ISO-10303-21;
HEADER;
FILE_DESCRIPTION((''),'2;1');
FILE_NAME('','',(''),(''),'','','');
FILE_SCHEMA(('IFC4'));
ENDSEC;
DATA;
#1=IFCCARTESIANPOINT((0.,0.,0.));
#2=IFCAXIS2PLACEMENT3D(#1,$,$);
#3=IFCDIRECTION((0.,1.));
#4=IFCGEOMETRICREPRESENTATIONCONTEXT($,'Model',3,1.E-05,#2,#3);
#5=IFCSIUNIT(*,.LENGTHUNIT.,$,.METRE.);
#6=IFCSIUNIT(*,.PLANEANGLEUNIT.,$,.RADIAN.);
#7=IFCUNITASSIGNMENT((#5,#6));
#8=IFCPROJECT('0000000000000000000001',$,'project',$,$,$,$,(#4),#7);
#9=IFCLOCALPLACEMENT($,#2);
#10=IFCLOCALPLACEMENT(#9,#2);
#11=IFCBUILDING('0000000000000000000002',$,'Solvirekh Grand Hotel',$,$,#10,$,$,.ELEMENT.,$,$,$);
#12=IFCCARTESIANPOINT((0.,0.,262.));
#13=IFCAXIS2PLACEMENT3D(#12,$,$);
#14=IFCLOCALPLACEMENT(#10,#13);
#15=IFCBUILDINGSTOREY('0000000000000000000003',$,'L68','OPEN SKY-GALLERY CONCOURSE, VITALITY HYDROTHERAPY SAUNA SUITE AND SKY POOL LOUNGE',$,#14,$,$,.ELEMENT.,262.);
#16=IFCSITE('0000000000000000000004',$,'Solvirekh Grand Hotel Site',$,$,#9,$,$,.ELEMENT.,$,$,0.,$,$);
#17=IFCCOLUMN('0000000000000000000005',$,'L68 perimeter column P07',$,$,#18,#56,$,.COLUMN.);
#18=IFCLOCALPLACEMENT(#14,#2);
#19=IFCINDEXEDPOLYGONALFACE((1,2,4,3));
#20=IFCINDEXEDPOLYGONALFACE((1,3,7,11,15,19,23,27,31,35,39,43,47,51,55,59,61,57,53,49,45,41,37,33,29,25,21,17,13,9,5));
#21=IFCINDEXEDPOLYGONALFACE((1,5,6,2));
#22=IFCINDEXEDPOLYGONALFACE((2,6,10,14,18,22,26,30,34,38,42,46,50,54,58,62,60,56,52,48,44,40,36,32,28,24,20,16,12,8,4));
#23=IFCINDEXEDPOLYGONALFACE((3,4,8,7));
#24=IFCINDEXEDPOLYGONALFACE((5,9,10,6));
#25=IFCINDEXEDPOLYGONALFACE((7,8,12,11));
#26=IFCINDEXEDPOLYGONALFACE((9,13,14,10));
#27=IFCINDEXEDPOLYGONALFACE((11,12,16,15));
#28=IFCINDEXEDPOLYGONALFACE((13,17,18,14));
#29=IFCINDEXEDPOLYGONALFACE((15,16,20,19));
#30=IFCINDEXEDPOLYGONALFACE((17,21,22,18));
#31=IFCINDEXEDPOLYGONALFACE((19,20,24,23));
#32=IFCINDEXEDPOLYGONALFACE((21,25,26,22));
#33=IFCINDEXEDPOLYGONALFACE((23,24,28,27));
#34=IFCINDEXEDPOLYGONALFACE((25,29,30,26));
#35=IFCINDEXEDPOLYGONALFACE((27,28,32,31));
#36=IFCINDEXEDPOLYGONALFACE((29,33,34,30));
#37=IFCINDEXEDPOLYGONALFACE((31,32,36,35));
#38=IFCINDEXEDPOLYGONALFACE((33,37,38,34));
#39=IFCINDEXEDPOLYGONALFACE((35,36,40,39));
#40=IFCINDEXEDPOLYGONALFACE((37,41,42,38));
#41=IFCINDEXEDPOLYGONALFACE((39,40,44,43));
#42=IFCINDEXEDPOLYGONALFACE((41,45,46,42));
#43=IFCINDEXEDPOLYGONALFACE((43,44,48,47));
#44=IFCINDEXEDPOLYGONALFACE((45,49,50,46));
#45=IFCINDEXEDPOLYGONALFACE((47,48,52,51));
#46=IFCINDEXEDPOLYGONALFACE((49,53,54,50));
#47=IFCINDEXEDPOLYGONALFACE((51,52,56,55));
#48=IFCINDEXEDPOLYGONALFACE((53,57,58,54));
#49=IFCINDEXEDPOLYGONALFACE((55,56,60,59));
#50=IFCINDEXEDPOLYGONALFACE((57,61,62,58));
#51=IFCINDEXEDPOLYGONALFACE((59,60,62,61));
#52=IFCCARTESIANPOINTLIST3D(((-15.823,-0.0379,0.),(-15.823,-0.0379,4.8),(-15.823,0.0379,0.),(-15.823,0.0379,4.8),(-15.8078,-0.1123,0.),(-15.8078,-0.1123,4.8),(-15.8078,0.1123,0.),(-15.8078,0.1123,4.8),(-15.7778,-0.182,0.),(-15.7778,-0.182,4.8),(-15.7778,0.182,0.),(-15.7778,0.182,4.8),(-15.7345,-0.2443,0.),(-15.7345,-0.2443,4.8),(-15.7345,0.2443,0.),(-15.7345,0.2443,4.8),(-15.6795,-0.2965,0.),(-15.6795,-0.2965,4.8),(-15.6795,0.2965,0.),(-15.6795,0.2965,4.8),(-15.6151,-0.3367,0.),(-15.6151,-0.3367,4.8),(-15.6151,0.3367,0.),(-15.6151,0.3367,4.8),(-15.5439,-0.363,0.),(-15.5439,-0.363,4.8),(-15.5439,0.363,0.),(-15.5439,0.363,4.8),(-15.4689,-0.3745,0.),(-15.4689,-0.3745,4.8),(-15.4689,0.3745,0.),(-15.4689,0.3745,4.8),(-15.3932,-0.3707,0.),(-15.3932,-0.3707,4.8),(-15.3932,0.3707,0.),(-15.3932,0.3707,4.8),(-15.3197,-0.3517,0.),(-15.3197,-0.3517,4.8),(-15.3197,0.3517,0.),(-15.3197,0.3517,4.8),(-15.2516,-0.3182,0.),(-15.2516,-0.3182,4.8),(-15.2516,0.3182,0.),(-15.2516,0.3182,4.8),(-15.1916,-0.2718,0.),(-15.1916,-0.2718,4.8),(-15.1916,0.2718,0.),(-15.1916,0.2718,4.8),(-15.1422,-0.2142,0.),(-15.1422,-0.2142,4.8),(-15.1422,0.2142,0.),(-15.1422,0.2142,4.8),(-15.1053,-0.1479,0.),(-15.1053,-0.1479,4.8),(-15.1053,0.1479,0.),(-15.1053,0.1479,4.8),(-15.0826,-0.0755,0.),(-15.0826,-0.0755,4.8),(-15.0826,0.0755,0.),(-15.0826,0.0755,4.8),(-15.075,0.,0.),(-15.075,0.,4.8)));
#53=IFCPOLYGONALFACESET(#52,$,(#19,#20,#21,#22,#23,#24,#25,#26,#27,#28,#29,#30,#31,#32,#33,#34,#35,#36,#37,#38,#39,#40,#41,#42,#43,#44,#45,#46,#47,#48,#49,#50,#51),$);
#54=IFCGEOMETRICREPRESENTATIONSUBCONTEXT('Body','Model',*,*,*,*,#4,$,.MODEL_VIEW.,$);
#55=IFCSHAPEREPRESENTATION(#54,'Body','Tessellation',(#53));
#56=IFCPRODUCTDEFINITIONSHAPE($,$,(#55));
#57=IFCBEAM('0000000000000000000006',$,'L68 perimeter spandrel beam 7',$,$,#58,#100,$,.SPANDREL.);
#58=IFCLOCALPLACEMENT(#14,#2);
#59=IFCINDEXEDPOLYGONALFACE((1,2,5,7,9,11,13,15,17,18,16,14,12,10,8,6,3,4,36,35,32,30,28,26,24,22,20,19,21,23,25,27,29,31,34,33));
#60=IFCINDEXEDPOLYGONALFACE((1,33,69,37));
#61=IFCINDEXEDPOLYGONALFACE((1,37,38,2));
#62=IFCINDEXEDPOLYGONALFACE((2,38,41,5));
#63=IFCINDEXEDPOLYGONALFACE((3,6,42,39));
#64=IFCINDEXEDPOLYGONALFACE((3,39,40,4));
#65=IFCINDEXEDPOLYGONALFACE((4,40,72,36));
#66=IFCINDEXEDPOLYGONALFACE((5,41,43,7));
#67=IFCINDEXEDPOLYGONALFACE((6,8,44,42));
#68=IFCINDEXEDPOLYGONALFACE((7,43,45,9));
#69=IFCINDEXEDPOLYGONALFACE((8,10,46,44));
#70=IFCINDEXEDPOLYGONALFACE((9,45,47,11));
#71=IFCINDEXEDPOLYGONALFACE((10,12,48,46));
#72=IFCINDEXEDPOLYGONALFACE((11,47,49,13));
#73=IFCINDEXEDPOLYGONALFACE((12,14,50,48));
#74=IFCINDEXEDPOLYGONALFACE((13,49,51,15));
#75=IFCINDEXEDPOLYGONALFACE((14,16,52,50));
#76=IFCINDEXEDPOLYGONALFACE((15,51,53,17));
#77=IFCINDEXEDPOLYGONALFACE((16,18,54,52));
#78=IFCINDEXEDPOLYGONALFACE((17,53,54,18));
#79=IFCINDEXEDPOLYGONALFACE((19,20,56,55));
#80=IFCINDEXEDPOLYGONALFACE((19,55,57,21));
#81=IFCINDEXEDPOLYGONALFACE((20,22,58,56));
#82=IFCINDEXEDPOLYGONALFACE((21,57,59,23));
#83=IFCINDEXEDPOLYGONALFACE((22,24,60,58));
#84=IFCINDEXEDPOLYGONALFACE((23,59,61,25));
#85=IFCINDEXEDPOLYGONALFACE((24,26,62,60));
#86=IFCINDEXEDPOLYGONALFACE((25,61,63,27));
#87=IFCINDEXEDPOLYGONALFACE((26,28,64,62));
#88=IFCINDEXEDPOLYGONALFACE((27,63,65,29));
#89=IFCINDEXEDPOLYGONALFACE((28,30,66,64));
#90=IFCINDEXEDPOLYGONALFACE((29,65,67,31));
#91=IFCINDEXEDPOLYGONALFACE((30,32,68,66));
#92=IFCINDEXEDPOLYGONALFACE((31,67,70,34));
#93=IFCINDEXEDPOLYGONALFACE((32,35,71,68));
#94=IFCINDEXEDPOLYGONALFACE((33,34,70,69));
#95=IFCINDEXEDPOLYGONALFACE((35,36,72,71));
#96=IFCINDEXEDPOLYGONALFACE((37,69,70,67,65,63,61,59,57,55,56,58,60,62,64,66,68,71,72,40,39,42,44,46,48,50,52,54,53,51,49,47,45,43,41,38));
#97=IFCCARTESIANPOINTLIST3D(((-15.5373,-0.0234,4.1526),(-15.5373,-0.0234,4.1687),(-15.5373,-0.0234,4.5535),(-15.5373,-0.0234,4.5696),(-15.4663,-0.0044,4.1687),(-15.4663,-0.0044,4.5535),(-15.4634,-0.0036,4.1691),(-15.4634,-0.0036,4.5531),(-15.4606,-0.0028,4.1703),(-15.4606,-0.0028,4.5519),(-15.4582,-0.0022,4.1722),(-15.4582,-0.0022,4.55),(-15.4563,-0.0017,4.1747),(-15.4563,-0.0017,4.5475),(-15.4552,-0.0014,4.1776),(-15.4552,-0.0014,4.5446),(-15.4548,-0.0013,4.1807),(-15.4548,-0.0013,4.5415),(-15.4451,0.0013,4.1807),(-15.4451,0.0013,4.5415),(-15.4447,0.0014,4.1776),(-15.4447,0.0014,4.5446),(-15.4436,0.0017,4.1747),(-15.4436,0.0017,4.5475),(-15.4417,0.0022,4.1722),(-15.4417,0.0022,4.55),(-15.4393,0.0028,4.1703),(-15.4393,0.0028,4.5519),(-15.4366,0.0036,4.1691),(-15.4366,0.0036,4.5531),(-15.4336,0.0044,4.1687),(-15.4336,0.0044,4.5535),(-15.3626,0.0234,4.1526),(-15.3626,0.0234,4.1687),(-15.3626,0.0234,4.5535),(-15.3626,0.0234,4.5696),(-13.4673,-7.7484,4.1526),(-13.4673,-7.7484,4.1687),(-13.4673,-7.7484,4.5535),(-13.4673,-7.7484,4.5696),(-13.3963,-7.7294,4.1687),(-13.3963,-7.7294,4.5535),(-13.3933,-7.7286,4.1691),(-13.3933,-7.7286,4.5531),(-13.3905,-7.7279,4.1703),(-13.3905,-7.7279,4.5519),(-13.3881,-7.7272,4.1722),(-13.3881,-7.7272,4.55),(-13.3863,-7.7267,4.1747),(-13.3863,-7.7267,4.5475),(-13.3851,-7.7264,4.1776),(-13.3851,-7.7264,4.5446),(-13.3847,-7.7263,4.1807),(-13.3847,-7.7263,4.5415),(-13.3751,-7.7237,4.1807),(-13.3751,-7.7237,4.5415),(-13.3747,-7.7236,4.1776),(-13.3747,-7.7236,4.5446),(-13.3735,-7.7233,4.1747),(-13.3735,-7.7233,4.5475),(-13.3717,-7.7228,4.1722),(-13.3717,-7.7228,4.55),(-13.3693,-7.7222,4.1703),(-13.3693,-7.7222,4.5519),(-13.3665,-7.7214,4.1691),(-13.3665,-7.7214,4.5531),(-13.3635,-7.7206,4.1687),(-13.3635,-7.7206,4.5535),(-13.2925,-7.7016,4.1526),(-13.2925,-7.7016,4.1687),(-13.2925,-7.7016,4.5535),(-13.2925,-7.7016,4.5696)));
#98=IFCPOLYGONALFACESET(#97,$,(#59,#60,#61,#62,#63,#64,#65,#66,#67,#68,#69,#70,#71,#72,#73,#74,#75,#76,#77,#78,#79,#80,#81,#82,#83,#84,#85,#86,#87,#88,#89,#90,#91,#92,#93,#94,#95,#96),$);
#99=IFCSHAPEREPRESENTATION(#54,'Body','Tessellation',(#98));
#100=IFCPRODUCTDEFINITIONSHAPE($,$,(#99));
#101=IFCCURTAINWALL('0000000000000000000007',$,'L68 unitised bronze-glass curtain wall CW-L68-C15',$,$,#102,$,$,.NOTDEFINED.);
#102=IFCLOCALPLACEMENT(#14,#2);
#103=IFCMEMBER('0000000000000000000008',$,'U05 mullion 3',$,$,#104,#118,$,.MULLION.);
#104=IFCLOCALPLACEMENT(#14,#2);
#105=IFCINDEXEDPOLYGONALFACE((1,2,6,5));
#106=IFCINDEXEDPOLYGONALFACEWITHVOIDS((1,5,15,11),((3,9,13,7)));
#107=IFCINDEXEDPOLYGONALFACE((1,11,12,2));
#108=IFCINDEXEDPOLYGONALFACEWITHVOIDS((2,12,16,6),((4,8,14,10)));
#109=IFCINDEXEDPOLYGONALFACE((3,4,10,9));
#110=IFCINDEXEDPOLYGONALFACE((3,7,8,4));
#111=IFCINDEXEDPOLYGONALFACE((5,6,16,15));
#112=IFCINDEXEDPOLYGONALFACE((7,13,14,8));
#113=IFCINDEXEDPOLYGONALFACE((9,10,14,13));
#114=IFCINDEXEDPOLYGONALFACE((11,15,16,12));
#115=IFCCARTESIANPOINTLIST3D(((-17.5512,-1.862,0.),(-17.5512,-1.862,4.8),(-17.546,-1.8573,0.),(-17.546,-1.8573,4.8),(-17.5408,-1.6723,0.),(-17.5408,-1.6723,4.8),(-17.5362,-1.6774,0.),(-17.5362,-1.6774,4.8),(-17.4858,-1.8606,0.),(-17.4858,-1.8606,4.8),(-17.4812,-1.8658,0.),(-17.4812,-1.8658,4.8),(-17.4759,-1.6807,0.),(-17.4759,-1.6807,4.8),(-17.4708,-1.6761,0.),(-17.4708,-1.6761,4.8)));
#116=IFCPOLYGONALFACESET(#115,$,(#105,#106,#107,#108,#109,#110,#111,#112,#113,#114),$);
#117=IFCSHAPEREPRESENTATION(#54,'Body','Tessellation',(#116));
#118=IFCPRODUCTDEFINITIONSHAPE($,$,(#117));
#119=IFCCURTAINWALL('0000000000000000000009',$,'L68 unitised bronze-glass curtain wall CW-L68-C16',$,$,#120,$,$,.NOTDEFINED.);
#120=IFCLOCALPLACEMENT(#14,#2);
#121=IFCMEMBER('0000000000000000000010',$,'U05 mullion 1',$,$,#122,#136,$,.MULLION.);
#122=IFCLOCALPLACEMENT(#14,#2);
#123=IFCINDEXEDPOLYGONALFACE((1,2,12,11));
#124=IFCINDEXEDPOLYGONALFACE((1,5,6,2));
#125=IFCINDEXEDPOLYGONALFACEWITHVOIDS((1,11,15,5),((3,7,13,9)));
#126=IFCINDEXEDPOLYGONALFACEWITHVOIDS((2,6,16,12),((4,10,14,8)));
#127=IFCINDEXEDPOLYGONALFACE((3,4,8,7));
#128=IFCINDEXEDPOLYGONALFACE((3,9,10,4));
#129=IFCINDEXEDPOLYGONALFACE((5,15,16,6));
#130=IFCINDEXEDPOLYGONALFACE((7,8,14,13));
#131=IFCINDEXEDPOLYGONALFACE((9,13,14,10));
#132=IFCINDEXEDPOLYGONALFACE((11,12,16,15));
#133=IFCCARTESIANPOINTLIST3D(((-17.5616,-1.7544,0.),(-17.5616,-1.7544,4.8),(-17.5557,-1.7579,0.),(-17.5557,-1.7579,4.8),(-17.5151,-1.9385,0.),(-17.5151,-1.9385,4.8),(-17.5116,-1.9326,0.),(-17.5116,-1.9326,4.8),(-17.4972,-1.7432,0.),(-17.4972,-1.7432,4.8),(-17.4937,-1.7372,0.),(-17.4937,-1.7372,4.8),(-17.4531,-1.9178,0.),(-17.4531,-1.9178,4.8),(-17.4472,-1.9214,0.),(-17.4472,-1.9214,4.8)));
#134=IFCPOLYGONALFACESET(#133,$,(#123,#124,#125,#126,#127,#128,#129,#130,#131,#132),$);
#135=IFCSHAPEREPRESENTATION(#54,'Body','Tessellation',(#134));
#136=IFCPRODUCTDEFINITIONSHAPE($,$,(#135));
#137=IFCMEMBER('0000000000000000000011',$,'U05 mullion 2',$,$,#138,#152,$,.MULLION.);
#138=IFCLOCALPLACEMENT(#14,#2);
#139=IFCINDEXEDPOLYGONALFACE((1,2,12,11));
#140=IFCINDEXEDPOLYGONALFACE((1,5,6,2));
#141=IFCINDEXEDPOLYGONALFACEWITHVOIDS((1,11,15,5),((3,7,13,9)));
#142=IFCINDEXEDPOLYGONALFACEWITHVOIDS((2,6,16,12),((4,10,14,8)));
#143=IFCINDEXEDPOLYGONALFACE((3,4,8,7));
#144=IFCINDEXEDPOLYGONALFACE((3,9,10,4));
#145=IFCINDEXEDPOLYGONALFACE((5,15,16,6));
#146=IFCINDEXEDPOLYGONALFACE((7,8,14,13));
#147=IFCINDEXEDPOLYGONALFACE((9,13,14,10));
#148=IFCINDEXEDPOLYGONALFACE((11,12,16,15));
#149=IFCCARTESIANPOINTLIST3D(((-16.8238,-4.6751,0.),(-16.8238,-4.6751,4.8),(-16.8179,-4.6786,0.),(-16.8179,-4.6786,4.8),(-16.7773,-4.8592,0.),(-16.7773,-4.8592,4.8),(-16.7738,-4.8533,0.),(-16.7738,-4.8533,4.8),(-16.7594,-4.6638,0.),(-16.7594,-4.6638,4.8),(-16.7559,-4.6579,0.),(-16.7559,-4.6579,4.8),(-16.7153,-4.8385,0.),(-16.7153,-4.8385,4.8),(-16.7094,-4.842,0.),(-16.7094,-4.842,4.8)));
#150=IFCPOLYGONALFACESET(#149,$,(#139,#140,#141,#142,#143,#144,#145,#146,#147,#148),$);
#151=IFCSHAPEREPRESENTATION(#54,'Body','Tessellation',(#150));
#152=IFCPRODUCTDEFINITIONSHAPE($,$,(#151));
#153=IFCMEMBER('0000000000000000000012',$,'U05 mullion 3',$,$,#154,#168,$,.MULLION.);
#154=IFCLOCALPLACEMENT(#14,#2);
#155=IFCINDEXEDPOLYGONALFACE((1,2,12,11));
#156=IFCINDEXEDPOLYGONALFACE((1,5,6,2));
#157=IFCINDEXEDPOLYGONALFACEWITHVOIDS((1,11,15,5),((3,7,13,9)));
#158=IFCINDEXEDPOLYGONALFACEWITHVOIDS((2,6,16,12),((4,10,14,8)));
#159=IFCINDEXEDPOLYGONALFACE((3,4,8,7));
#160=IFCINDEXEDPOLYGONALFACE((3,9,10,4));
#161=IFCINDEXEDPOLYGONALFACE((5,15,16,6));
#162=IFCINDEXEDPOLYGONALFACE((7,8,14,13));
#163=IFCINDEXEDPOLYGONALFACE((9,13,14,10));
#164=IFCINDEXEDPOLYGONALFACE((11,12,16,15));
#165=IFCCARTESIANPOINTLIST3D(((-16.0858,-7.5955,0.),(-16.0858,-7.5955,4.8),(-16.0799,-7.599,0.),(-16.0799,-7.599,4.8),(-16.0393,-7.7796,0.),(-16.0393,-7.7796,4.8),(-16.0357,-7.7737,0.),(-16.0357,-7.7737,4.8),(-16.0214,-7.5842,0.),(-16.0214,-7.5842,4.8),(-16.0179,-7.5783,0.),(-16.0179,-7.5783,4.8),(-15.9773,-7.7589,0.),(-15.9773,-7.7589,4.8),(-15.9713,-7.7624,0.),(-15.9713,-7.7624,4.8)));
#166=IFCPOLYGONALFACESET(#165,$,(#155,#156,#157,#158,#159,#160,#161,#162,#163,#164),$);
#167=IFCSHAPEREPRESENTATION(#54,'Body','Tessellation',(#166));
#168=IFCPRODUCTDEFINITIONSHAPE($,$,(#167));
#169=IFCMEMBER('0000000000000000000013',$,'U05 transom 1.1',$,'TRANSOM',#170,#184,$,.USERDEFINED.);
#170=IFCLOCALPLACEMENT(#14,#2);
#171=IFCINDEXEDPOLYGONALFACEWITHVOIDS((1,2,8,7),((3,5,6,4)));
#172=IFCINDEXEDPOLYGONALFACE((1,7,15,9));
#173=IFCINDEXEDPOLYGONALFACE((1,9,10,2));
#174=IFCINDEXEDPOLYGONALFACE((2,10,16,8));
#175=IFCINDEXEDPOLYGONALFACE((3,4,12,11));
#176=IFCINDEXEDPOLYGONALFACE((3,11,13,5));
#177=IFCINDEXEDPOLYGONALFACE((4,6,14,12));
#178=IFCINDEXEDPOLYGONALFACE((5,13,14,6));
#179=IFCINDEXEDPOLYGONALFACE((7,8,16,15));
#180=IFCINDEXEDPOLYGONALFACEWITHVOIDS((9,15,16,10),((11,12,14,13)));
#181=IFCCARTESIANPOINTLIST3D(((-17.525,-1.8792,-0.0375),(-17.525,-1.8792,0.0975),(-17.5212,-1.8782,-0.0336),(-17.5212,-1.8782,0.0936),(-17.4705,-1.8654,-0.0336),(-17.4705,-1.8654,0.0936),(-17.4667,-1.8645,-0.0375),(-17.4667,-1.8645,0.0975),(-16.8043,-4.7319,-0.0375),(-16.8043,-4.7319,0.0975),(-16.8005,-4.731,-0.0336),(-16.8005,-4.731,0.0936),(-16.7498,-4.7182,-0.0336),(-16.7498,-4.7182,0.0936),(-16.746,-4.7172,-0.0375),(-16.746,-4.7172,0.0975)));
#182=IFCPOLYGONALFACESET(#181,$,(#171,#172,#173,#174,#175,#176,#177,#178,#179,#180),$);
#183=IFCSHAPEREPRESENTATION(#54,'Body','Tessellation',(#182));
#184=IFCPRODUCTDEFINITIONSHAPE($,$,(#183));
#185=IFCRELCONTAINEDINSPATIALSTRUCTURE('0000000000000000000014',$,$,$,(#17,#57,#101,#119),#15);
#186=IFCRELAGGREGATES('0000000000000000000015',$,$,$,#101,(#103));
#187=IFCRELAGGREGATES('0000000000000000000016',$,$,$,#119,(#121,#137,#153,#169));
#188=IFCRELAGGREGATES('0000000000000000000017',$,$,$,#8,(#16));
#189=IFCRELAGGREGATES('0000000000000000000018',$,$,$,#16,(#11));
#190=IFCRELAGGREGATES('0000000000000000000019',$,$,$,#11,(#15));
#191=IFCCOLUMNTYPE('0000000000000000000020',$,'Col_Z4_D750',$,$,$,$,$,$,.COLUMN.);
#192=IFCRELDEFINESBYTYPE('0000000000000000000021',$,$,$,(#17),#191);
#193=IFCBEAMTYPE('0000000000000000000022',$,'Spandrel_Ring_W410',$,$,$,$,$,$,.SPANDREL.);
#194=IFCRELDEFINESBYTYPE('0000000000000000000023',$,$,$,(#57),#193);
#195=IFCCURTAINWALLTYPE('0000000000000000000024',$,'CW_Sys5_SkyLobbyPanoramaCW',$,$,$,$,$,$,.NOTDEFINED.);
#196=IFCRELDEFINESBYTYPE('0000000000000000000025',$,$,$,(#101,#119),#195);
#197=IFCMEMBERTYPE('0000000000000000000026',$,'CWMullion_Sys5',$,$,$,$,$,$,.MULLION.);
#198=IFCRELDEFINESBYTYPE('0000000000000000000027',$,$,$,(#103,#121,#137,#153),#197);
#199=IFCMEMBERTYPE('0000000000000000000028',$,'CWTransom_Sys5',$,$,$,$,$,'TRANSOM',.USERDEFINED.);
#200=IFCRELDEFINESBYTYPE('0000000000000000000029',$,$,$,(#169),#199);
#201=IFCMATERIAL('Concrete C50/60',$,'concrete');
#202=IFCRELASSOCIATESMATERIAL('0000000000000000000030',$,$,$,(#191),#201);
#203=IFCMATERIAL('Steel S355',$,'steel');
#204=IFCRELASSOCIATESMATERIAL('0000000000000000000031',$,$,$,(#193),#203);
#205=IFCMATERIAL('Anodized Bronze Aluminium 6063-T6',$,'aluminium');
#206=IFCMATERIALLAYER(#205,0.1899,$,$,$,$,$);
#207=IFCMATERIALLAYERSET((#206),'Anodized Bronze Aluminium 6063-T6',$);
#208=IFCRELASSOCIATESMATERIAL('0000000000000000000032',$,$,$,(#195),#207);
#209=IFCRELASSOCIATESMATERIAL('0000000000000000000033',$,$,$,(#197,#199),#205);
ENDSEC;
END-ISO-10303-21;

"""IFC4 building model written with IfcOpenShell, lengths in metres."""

from ifc_helpers import new_model, si_unit, direction, frame, origin, origin_2d, place, context, subcontext, project, spatial, hollow_rectangle, circle, i_section, extrude, source, transform, mapped, material, layer, layer_set, material_profile, profile_set, type_object, element, aggregate, save


model = new_model("IFC4")

# Units and contexts
model_context = context("Model", 3, precision=1e-05, world=origin(), true_north=direction((0.0, 1.0)))
body_context = subcontext(model_context, "Body", "Model", "MODEL_VIEW")
ifc_project = project(units=[si_unit("LENGTHUNIT", "METRE"), si_unit("PLANEANGLEUNIT", "RADIAN")], contexts=[model_context])

# Site, building, storey
site_placement = place(None, origin())
site = spatial("IfcSite", under=ifc_project, at=site_placement, Name="Solvirekh Grand Hotel Site", CompositionType="ELEMENT", RefElevation=0.0)
building_placement = place(site_placement, origin())
building = spatial("IfcBuilding", under=site, at=building_placement, Name="Solvirekh Grand Hotel", CompositionType="ELEMENT")
storey_placement = place(building_placement, frame((0.0, 0.0, 262.0)))
storey = spatial("IfcBuildingStorey", under=building, at=storey_placement, Name="L68", Description="OPEN SKY-GALLERY CONCOURSE, VITALITY HYDROTHERAPY SAUNA SUITE AND SKY POOL LOUNGE", CompositionType="ELEMENT", Elevation=262.0)

# Column
ifc_material_1 = material(Name="Concrete C50/60", Category="concrete")
ifc_material_profile_1 = material_profile(ifc_material_1, circle(Radius=0.375, at=origin_2d()), Name="RC CIRC D750")
ifc_profile_set_1 = profile_set([ifc_material_profile_1], Name="Concrete C50/60")
column_type = type_object("IfcColumnType", Name="Col_Z4_D750", PredefinedType="COLUMN", material=ifc_profile_set_1)
column_placement = place(storey_placement, frame((-15.45, 0.0, 0.0), z_axis=(0.0, 0.0, 1.0), x_axis=(1.0, 0.0, 0.0)))
element("IfcColumn", 1, at=column_placement, inside=storey, type_object=column_type, Name="L68 perimeter column P07", PredefinedType="COLUMN", context=body_context, shape_type="SweptSolid", body=[
    extrude(circle(Radius=0.375, at=origin_2d()), origin(), (0.0, 0.0, 1.0), 4.8),
])

# Beam
ifc_material_2 = material(Name="Steel S355", Category="steel")
ifc_material_profile_2 = material_profile(ifc_material_2, i_section(OverallWidth=0.1809, OverallDepth=0.417, WebThickness=0.01, FlangeThickness=0.0161, FilletRadius=0.012, at=origin_2d()), Name="W410X85")
ifc_profile_set_2 = profile_set([ifc_material_profile_2], Name="Steel S355")
beam_type = type_object("IfcBeamType", Name="Spandrel_Ring_W410", PredefinedType="SPANDREL", material=ifc_profile_set_2)
beam_placement = place(storey_placement, frame((-15.45, 0.0, 4.3611), z_axis=(0.258835, -0.965922, 0.0), x_axis=(0.965922, 0.258835, 0.0)))
element("IfcBeam", 2, at=beam_placement, inside=storey, type_object=beam_type, Name="L68 perimeter spandrel beam 7", PredefinedType="SPANDREL", context=body_context, shape_type="SweptSolid", body=[
    extrude(i_section(OverallWidth=0.1809, OverallDepth=0.417, WebThickness=0.01, FlangeThickness=0.0161, FilletRadius=0.012, at=origin_2d()), origin(), (0.0, 0.0, 1.0), 7.9976),
])

# Curtain wall, member
ifc_material_3 = material(Name="Anodized Bronze Aluminium 6063-T6", Category="aluminium")
ifc_layer_1 = layer(ifc_material_3, 0.1899)
ifc_layer_set_1 = layer_set([ifc_layer_1], Name="Anodized Bronze Aluminium 6063-T6")
curtain_wall_type = type_object("IfcCurtainWallType", Name="CW_Sys5_SkyLobbyPanoramaCW", PredefinedType="NOTDEFINED", material=ifc_layer_set_1)
curtain_wall_1_placement = place(storey_placement, origin())
curtain_wall_1 = element("IfcCurtainWall", 3, at=curtain_wall_1_placement, inside=storey, type_object=curtain_wall_type, Name="L68 unitised bronze-glass curtain wall CW-L68-C15", PredefinedType="NOTDEFINED")
ifc_material_profile_3 = material_profile(ifc_material_3, hollow_rectangle(XDim=0.0701, YDim=0.1899, WallThickness=0.0049, at=origin_2d()), Name="ALU RHS 190X70X5")
ifc_profile_set_3 = profile_set([ifc_material_profile_3], Name="Anodized Bronze Aluminium 6063-T6")
member_type_1 = type_object("IfcMemberType", Name="CWMullion_Sys5", PredefinedType="MULLION", material=ifc_profile_set_3)
shared_shape_1 = source(origin(), body_context, "Body", "SweptSolid", [
    extrude(hollow_rectangle(XDim=0.0701, YDim=0.1899, WallThickness=0.0049, at=origin_2d()), origin(), (0.0, 0.0, 1.0), 4.8),
])
member_1_placement = place(storey_placement, frame((-17.511, -1.769, 0.0), z_axis=(0.0, 0.0, 1.0), x_axis=(0.998498, -0.054789, 0.0)))
member_1 = element("IfcMember", 4, at=member_1_placement, type_object=member_type_1, Name="U05 mullion 3", PredefinedType="MULLION", context=body_context, shape_type="MappedRepresentation", body=[
    mapped(shared_shape_1, transform((0.0, 0.0, 0.0), x_axis=(1.0, 0.0, 0.0), y_axis=(0.0, 1.0, 0.0), z_axis=(0.0, 0.0, 1.0), scale=1.0)),
])

# Curtain wall, members
curtain_wall_2_placement = place(storey_placement, origin())
curtain_wall_2 = element("IfcCurtainWall", 5, at=curtain_wall_2_placement, inside=storey, type_object=curtain_wall_type, Name="L68 unitised bronze-glass curtain wall CW-L68-C16", PredefinedType="NOTDEFINED")
member_2_placement = place(storey_placement, frame((-17.5044, -1.8379, 0.0), z_axis=(0.0, 0.0, 1.0), x_axis=(0.969531, 0.244967, 0.0)))
member_2 = element("IfcMember", 6, at=member_2_placement, type_object=member_type_1, Name="U05 mullion 1", PredefinedType="MULLION", context=body_context, shape_type="MappedRepresentation", body=[
    mapped(shared_shape_1, transform((0.0, 0.0, 0.0), x_axis=(1.0, 0.0, 0.0), y_axis=(0.0, 1.0, 0.0), z_axis=(0.0, 0.0, 1.0), scale=1.0)),
])
member_3_placement = place(storey_placement, frame((-16.7666, -4.7585, 0.0), z_axis=(0.0, 0.0, 1.0), x_axis=(0.969531, 0.244967, 0.0)))
member_3 = element("IfcMember", 7, at=member_3_placement, type_object=member_type_1, Name="U05 mullion 2", PredefinedType="MULLION", context=body_context, shape_type="MappedRepresentation", body=[
    mapped(shared_shape_1, transform((0.0, 0.0, 0.0), x_axis=(1.0, 0.0, 0.0), y_axis=(0.0, 1.0, 0.0), z_axis=(0.0, 0.0, 1.0), scale=1.0)),
])
member_4_placement = place(storey_placement, frame((-16.0286, -7.679, 0.0), z_axis=(0.0, 0.0, 1.0), x_axis=(0.969531, 0.244967, 0.0)))
member_4 = element("IfcMember", 8, at=member_4_placement, type_object=member_type_1, Name="U05 mullion 3", PredefinedType="MULLION", context=body_context, shape_type="MappedRepresentation", body=[
    mapped(shared_shape_1, transform((0.0, 0.0, 0.0), x_axis=(1.0, 0.0, 0.0), y_axis=(0.0, 1.0, 0.0), z_axis=(0.0, 0.0, 1.0), scale=1.0)),
])
ifc_material_profile_4 = material_profile(ifc_material_3, hollow_rectangle(XDim=0.0601, YDim=0.135, WallThickness=0.0039, at=origin_2d()), Name="ALU RHS 135X60X4")
ifc_profile_set_4 = profile_set([ifc_material_profile_4], Name="Anodized Bronze Aluminium 6063-T6")
member_type_2 = type_object("IfcMemberType", Name="CWTransom_Sys5", ElementType="TRANSOM", PredefinedType="USERDEFINED", material=ifc_profile_set_4)
shared_shape_2 = source(origin(), body_context, "Body", "SweptSolid", [
    extrude(hollow_rectangle(XDim=0.0601, YDim=0.135, WallThickness=0.0039, at=origin_2d()), origin(), (0.0, 0.0, 1.0), 2.9424),
])
member_5_placement = place(storey_placement, frame((-17.4958, -1.8718, 0.03), z_axis=(0.244936, -0.969539, 0.0), x_axis=(0.969539, 0.244936, 0.0)))
member_5 = element("IfcMember", 9, at=member_5_placement, type_object=member_type_2, Name="U05 transom 1.1", ObjectType="TRANSOM", PredefinedType="USERDEFINED", context=body_context, shape_type="MappedRepresentation", body=[
    mapped(shared_shape_2, transform((0.0, 0.0, 0.0), x_axis=(1.0, 0.0, 0.0), y_axis=(0.0, 1.0, 0.0), z_axis=(0.0, 0.0, 1.0), scale=1.0)),
])

aggregate(curtain_wall_1, [member_1])
aggregate(curtain_wall_2, [member_2, member_3, member_4, member_5])

save(model, "model.ifc")
